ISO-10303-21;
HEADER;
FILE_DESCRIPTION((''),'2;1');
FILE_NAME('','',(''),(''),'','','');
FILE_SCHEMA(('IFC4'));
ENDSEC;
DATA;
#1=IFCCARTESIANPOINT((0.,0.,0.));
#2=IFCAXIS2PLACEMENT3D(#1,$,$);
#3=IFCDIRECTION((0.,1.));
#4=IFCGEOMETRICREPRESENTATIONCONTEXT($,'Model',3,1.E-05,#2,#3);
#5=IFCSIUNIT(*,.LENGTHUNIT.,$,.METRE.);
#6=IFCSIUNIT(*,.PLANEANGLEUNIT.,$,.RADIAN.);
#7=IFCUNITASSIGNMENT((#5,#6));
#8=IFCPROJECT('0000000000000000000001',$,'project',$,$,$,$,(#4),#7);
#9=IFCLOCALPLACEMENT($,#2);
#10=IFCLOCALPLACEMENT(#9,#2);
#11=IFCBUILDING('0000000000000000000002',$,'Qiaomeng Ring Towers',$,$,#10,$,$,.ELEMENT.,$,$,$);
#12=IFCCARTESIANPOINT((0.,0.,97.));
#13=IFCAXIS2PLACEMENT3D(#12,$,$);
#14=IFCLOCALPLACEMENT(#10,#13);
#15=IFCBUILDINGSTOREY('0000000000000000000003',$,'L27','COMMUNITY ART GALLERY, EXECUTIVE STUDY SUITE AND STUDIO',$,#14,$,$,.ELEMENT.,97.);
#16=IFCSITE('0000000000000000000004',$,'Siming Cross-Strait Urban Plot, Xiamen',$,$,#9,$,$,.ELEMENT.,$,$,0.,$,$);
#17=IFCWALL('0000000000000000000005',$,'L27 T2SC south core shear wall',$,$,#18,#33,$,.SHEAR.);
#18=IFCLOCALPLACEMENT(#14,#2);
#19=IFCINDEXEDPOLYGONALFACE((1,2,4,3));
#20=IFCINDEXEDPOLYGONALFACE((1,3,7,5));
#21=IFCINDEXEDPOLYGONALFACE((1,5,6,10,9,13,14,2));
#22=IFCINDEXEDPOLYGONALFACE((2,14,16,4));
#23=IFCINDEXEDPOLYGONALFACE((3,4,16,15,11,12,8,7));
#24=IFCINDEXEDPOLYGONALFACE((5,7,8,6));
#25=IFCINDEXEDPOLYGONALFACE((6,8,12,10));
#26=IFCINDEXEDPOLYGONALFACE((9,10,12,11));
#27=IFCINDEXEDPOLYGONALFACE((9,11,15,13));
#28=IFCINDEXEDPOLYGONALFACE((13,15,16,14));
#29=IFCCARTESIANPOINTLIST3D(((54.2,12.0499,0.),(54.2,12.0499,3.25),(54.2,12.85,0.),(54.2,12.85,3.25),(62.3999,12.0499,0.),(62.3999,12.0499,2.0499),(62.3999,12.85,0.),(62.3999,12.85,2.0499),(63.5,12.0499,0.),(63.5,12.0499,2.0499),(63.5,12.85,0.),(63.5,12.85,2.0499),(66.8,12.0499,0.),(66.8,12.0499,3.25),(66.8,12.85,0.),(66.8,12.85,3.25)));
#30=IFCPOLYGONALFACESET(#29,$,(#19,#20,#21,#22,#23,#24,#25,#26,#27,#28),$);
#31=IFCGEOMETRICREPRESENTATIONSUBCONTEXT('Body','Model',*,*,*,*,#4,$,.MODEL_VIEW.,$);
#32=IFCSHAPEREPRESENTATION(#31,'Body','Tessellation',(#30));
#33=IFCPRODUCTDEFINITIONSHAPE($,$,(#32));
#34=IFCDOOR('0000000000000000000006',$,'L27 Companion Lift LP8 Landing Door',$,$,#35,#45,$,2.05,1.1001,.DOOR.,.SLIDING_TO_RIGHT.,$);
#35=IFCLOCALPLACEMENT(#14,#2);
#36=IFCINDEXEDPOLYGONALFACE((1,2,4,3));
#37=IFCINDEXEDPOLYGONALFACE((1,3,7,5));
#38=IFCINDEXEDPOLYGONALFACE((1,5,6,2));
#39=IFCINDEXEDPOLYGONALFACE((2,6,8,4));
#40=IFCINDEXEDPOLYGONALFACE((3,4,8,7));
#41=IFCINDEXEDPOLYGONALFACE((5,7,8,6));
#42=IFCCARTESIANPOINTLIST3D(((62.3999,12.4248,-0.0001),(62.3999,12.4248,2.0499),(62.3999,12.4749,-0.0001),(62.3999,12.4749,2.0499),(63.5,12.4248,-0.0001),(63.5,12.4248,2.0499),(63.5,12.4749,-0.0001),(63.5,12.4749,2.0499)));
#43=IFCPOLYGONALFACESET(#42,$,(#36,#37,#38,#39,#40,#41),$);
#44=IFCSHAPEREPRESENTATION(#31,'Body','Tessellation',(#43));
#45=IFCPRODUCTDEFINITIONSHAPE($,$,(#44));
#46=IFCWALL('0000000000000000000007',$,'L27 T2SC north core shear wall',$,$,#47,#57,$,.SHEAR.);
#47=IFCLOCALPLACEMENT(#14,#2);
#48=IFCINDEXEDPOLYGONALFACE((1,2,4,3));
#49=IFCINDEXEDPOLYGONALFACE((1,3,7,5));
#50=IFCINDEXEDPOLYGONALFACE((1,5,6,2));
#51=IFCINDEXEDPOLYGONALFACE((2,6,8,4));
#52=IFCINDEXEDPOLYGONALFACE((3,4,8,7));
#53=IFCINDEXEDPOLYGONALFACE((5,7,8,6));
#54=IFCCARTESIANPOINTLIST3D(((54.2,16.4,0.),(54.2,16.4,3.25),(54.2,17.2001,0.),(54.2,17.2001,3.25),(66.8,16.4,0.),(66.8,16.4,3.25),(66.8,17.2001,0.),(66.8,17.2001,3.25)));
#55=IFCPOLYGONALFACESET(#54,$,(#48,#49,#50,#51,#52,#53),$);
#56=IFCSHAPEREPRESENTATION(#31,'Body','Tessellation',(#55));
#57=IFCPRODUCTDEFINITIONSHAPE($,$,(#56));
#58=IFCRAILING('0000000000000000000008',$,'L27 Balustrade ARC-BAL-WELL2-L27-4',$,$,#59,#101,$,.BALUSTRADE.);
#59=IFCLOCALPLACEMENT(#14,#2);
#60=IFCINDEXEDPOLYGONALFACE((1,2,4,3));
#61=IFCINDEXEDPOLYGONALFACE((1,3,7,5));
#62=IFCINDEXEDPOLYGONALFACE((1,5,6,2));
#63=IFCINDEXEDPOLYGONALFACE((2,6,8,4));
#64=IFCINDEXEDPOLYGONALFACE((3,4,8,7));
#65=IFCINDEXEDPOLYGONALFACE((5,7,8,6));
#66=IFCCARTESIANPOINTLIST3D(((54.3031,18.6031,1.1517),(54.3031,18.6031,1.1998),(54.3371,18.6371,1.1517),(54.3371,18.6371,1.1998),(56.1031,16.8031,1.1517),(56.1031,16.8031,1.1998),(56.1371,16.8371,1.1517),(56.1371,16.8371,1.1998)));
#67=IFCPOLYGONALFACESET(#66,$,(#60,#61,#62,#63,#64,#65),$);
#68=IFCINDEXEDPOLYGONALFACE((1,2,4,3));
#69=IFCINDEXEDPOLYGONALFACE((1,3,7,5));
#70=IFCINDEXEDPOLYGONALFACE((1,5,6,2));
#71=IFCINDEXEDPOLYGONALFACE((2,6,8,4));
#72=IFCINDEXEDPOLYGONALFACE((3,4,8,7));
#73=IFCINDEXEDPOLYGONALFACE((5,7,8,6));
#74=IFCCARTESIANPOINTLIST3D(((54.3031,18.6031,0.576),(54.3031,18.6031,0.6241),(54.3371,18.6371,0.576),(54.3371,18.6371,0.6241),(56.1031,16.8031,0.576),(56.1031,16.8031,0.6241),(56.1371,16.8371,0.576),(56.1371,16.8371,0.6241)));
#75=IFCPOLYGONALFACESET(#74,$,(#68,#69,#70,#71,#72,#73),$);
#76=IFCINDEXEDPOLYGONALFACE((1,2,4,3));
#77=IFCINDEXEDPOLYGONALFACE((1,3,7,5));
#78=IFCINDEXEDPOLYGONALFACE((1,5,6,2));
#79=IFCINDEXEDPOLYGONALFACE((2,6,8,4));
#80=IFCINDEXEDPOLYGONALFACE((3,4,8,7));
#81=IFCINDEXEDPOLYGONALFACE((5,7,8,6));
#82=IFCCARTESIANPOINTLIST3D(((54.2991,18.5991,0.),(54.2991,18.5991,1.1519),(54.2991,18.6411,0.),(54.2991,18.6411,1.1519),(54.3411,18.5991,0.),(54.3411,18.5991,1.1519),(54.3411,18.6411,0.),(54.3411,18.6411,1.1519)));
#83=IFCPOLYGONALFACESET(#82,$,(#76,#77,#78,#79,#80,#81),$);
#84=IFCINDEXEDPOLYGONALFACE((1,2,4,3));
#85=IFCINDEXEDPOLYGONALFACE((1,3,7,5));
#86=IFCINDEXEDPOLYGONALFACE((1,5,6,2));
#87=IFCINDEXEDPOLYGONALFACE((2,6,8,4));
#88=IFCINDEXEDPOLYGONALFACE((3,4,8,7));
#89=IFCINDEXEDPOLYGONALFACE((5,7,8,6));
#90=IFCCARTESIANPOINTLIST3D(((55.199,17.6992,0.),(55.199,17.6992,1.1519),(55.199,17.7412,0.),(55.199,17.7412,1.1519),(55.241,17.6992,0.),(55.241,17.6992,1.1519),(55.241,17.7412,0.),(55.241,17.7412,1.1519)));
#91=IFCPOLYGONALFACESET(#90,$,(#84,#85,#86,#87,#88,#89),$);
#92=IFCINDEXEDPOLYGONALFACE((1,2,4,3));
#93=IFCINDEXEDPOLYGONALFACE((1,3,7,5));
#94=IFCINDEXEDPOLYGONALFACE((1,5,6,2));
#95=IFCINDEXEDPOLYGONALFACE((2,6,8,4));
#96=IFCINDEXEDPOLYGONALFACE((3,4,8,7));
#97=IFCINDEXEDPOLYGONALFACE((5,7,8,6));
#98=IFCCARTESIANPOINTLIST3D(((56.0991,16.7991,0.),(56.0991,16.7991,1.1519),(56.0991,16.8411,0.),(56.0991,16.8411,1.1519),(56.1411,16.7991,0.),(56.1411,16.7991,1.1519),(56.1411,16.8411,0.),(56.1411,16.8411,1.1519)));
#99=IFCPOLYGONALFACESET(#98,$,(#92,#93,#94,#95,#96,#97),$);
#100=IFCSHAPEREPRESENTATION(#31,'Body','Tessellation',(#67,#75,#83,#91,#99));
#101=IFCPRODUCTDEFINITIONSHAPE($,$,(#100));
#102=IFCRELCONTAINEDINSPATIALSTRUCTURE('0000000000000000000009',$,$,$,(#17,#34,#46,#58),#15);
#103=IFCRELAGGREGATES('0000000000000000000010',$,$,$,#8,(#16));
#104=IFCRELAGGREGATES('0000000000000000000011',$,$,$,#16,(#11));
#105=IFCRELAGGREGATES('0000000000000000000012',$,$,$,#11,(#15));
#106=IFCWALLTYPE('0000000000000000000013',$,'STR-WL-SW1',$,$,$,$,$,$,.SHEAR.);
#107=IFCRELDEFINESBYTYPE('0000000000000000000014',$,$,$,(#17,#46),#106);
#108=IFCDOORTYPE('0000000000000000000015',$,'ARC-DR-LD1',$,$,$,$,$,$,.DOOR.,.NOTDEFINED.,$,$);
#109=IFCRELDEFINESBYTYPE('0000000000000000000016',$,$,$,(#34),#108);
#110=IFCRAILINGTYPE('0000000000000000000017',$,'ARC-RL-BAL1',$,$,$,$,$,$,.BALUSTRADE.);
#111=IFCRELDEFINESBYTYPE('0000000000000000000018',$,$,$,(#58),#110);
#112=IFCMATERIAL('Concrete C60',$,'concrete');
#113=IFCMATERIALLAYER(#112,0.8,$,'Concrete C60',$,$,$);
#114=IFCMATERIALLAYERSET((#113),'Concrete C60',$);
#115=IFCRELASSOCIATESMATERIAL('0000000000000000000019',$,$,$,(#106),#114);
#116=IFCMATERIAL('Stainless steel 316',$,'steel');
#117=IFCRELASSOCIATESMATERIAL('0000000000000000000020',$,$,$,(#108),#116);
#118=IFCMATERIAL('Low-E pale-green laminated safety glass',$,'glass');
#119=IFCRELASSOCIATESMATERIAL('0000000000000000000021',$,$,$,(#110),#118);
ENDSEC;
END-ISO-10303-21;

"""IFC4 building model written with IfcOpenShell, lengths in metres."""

from ifc_helpers import new_model, si_unit, direction, frame, frame_2d, origin, origin_2d, place, context, subcontext, project, spatial, rectangle, extrude, source, transform, mapped, material, layer, layer_set, type_object, element, fill, save


model = new_model("IFC4")

# Units and contexts
model_context = context("Model", 3, precision=1e-05, world=origin(), true_north=direction((0.0, 1.0)))
body_context = subcontext(model_context, "Body", "Model", "MODEL_VIEW")
ifc_project = project(units=[si_unit("LENGTHUNIT", "METRE"), si_unit("PLANEANGLEUNIT", "RADIAN")], contexts=[model_context])

# Site, building, storey
site_placement = place(None, origin())
site = spatial("IfcSite", under=ifc_project, at=site_placement, Name="Siming Cross-Strait Urban Plot, Xiamen", CompositionType="ELEMENT", RefElevation=0.0)
building_placement = place(site_placement, origin())
building = spatial("IfcBuilding", under=site, at=building_placement, Name="Qiaomeng Ring Towers", CompositionType="ELEMENT")
storey_placement = place(building_placement, frame((0.0, 0.0, 97.0)))
storey = spatial("IfcBuildingStorey", under=building, at=storey_placement, Name="L27", Description="COMMUNITY ART GALLERY, EXECUTIVE STUDY SUITE AND STUDIO", CompositionType="ELEMENT", Elevation=97.0)

# Wall, opening, door
ifc_material_1 = material(Name="Concrete C60", Category="concrete")
ifc_layer_1 = layer(ifc_material_1, 0.8, Name="Concrete C60")
ifc_layer_set_1 = layer_set([ifc_layer_1], Name="Concrete C60")
wall_type_1 = type_object("IfcWallType", Name="STR-WL-SW1", PredefinedType="SHEAR", material=ifc_layer_set_1)
wall_1_placement = place(storey_placement, frame((54.2, 12.45, 0.0), z_axis=(0.0, 0.0, 1.0), x_axis=(1.0, 0.0, 0.0)))
wall_1 = element("IfcWall", 1, at=wall_1_placement, inside=storey, type_object=wall_type_1, Name="L27 T2SC south core shear wall", PredefinedType="SHEAR", context=body_context, shape_type="SweptSolid", body=[
    extrude(rectangle(XDim=12.6001, YDim=0.8, at=frame_2d((6.3, 0.0))), origin(), (0.0, 0.0, 1.0), 3.25),
])
opening_1_placement = place(wall_1_placement, frame((8.2, 0.0, 0.0)))
opening_1 = element("IfcOpeningElement", 2, at=opening_1_placement, cuts=wall_1, PredefinedType="OPENING", context=body_context, shape_type="SweptSolid", body=[
    extrude(rectangle(XDim=1.1001, YDim=2.05, at=frame_2d((0.55, 1.0249))), frame((0.0, 0.4099, 0.0), z_axis=(0.0, -1.0, 0.0), x_axis=(1.0, 0.0, 0.0)), (0.0, 0.0, 1.0), 0.8201),
])
ifc_material_2 = material(Name="Stainless steel 316", Category="steel")
door_type_1 = type_object("IfcDoorType", Name="ARC-DR-LD1", OperationType="NOTDEFINED", PredefinedType="DOOR", material=ifc_material_2)
shared_shape_1 = source(origin(), body_context, "Body", "SweptSolid", [
    extrude(rectangle(XDim=1.1001, YDim=2.05, at=frame_2d((0.55, 1.0249))), frame((0.0, 0.0249, 0.0), z_axis=(0.0, -1.0, 0.0), x_axis=(1.0, 0.0, 0.0)), (0.0, 0.0, 1.0), 0.05),
])
door_1_placement = place(opening_1_placement, origin())
door_1 = element("IfcDoor", 3, at=door_1_placement, inside=storey, type_object=door_type_1, Name="L27 Companion Lift LP8 Landing Door", OperationType="SLIDING_TO_RIGHT", OverallHeight=2.05, OverallWidth=1.1001, PredefinedType="DOOR", context=body_context, shape_type="MappedRepresentation", body=[
    mapped(shared_shape_1, transform((0.0, 0.0, 0.0), x_axis=(1.0, 0.0, 0.0), y_axis=(0.0, 1.0, 0.0), z_axis=(0.0, 0.0, 1.0), scale=1.0)),
])
fill(opening_1, door_1)

# Wall
wall_2_placement = place(storey_placement, frame((54.2, 16.8, 0.0), z_axis=(0.0, 0.0, 1.0), x_axis=(1.0, 0.0, 0.0)))
element("IfcWall", 4, at=wall_2_placement, inside=storey, type_object=wall_type_1, Name="L27 T2SC north core shear wall", PredefinedType="SHEAR", context=body_context, shape_type="SweptSolid", body=[
    extrude(rectangle(XDim=12.6001, YDim=0.8, at=frame_2d((6.3, 0.0))), origin(), (0.0, 0.0, 1.0), 3.25),
])

# Railing
ifc_material_3 = material(Name="Low-E pale-green laminated safety glass", Category="glass")
railing_type = type_object("IfcRailingType", Name="ARC-RL-BAL1", PredefinedType="BALUSTRADE", material=ifc_material_3)
railing_1_placement = place(storey_placement, frame((54.3201, 18.6201, 0.0)))
element("IfcRailing", 5, at=railing_1_placement, inside=storey, type_object=railing_type, Name="L27 Balustrade ARC-BAL-WELL2-L27-4", PredefinedType="BALUSTRADE", context=body_context, shape_type="SweptSolid", body=[
    extrude(rectangle(XDim=0.0481, YDim=0.0481, at=origin_2d()), frame((0.0, 0.0, 1.1758), z_axis=(0.707107, -0.707107, 0.0), x_axis=(0.707107, 0.707107, 0.0)), (0.0, 0.0, 1.0), 2.5457),
    extrude(rectangle(XDim=0.0481, YDim=0.0481, at=origin_2d()), frame((0.0, 0.0, 0.6001), z_axis=(0.707107, -0.707107, 0.0), x_axis=(0.707107, 0.707107, 0.0)), (0.0, 0.0, 1.0), 2.5457),
    extrude(rectangle(XDim=0.042, YDim=0.042, at=origin_2d()), origin(), (0.0, 0.0, 1.0), 1.1519),
    extrude(rectangle(XDim=0.042, YDim=0.042, at=origin_2d()), frame((0.8999, -0.8999, 0.0)), (0.0, 0.0, 1.0), 1.1519),
    extrude(rectangle(XDim=0.042, YDim=0.042, at=origin_2d()), frame((1.8, -1.8, 0.0)), (0.0, 0.0, 1.0), 1.1519),
])

save(model, "model.ifc")
